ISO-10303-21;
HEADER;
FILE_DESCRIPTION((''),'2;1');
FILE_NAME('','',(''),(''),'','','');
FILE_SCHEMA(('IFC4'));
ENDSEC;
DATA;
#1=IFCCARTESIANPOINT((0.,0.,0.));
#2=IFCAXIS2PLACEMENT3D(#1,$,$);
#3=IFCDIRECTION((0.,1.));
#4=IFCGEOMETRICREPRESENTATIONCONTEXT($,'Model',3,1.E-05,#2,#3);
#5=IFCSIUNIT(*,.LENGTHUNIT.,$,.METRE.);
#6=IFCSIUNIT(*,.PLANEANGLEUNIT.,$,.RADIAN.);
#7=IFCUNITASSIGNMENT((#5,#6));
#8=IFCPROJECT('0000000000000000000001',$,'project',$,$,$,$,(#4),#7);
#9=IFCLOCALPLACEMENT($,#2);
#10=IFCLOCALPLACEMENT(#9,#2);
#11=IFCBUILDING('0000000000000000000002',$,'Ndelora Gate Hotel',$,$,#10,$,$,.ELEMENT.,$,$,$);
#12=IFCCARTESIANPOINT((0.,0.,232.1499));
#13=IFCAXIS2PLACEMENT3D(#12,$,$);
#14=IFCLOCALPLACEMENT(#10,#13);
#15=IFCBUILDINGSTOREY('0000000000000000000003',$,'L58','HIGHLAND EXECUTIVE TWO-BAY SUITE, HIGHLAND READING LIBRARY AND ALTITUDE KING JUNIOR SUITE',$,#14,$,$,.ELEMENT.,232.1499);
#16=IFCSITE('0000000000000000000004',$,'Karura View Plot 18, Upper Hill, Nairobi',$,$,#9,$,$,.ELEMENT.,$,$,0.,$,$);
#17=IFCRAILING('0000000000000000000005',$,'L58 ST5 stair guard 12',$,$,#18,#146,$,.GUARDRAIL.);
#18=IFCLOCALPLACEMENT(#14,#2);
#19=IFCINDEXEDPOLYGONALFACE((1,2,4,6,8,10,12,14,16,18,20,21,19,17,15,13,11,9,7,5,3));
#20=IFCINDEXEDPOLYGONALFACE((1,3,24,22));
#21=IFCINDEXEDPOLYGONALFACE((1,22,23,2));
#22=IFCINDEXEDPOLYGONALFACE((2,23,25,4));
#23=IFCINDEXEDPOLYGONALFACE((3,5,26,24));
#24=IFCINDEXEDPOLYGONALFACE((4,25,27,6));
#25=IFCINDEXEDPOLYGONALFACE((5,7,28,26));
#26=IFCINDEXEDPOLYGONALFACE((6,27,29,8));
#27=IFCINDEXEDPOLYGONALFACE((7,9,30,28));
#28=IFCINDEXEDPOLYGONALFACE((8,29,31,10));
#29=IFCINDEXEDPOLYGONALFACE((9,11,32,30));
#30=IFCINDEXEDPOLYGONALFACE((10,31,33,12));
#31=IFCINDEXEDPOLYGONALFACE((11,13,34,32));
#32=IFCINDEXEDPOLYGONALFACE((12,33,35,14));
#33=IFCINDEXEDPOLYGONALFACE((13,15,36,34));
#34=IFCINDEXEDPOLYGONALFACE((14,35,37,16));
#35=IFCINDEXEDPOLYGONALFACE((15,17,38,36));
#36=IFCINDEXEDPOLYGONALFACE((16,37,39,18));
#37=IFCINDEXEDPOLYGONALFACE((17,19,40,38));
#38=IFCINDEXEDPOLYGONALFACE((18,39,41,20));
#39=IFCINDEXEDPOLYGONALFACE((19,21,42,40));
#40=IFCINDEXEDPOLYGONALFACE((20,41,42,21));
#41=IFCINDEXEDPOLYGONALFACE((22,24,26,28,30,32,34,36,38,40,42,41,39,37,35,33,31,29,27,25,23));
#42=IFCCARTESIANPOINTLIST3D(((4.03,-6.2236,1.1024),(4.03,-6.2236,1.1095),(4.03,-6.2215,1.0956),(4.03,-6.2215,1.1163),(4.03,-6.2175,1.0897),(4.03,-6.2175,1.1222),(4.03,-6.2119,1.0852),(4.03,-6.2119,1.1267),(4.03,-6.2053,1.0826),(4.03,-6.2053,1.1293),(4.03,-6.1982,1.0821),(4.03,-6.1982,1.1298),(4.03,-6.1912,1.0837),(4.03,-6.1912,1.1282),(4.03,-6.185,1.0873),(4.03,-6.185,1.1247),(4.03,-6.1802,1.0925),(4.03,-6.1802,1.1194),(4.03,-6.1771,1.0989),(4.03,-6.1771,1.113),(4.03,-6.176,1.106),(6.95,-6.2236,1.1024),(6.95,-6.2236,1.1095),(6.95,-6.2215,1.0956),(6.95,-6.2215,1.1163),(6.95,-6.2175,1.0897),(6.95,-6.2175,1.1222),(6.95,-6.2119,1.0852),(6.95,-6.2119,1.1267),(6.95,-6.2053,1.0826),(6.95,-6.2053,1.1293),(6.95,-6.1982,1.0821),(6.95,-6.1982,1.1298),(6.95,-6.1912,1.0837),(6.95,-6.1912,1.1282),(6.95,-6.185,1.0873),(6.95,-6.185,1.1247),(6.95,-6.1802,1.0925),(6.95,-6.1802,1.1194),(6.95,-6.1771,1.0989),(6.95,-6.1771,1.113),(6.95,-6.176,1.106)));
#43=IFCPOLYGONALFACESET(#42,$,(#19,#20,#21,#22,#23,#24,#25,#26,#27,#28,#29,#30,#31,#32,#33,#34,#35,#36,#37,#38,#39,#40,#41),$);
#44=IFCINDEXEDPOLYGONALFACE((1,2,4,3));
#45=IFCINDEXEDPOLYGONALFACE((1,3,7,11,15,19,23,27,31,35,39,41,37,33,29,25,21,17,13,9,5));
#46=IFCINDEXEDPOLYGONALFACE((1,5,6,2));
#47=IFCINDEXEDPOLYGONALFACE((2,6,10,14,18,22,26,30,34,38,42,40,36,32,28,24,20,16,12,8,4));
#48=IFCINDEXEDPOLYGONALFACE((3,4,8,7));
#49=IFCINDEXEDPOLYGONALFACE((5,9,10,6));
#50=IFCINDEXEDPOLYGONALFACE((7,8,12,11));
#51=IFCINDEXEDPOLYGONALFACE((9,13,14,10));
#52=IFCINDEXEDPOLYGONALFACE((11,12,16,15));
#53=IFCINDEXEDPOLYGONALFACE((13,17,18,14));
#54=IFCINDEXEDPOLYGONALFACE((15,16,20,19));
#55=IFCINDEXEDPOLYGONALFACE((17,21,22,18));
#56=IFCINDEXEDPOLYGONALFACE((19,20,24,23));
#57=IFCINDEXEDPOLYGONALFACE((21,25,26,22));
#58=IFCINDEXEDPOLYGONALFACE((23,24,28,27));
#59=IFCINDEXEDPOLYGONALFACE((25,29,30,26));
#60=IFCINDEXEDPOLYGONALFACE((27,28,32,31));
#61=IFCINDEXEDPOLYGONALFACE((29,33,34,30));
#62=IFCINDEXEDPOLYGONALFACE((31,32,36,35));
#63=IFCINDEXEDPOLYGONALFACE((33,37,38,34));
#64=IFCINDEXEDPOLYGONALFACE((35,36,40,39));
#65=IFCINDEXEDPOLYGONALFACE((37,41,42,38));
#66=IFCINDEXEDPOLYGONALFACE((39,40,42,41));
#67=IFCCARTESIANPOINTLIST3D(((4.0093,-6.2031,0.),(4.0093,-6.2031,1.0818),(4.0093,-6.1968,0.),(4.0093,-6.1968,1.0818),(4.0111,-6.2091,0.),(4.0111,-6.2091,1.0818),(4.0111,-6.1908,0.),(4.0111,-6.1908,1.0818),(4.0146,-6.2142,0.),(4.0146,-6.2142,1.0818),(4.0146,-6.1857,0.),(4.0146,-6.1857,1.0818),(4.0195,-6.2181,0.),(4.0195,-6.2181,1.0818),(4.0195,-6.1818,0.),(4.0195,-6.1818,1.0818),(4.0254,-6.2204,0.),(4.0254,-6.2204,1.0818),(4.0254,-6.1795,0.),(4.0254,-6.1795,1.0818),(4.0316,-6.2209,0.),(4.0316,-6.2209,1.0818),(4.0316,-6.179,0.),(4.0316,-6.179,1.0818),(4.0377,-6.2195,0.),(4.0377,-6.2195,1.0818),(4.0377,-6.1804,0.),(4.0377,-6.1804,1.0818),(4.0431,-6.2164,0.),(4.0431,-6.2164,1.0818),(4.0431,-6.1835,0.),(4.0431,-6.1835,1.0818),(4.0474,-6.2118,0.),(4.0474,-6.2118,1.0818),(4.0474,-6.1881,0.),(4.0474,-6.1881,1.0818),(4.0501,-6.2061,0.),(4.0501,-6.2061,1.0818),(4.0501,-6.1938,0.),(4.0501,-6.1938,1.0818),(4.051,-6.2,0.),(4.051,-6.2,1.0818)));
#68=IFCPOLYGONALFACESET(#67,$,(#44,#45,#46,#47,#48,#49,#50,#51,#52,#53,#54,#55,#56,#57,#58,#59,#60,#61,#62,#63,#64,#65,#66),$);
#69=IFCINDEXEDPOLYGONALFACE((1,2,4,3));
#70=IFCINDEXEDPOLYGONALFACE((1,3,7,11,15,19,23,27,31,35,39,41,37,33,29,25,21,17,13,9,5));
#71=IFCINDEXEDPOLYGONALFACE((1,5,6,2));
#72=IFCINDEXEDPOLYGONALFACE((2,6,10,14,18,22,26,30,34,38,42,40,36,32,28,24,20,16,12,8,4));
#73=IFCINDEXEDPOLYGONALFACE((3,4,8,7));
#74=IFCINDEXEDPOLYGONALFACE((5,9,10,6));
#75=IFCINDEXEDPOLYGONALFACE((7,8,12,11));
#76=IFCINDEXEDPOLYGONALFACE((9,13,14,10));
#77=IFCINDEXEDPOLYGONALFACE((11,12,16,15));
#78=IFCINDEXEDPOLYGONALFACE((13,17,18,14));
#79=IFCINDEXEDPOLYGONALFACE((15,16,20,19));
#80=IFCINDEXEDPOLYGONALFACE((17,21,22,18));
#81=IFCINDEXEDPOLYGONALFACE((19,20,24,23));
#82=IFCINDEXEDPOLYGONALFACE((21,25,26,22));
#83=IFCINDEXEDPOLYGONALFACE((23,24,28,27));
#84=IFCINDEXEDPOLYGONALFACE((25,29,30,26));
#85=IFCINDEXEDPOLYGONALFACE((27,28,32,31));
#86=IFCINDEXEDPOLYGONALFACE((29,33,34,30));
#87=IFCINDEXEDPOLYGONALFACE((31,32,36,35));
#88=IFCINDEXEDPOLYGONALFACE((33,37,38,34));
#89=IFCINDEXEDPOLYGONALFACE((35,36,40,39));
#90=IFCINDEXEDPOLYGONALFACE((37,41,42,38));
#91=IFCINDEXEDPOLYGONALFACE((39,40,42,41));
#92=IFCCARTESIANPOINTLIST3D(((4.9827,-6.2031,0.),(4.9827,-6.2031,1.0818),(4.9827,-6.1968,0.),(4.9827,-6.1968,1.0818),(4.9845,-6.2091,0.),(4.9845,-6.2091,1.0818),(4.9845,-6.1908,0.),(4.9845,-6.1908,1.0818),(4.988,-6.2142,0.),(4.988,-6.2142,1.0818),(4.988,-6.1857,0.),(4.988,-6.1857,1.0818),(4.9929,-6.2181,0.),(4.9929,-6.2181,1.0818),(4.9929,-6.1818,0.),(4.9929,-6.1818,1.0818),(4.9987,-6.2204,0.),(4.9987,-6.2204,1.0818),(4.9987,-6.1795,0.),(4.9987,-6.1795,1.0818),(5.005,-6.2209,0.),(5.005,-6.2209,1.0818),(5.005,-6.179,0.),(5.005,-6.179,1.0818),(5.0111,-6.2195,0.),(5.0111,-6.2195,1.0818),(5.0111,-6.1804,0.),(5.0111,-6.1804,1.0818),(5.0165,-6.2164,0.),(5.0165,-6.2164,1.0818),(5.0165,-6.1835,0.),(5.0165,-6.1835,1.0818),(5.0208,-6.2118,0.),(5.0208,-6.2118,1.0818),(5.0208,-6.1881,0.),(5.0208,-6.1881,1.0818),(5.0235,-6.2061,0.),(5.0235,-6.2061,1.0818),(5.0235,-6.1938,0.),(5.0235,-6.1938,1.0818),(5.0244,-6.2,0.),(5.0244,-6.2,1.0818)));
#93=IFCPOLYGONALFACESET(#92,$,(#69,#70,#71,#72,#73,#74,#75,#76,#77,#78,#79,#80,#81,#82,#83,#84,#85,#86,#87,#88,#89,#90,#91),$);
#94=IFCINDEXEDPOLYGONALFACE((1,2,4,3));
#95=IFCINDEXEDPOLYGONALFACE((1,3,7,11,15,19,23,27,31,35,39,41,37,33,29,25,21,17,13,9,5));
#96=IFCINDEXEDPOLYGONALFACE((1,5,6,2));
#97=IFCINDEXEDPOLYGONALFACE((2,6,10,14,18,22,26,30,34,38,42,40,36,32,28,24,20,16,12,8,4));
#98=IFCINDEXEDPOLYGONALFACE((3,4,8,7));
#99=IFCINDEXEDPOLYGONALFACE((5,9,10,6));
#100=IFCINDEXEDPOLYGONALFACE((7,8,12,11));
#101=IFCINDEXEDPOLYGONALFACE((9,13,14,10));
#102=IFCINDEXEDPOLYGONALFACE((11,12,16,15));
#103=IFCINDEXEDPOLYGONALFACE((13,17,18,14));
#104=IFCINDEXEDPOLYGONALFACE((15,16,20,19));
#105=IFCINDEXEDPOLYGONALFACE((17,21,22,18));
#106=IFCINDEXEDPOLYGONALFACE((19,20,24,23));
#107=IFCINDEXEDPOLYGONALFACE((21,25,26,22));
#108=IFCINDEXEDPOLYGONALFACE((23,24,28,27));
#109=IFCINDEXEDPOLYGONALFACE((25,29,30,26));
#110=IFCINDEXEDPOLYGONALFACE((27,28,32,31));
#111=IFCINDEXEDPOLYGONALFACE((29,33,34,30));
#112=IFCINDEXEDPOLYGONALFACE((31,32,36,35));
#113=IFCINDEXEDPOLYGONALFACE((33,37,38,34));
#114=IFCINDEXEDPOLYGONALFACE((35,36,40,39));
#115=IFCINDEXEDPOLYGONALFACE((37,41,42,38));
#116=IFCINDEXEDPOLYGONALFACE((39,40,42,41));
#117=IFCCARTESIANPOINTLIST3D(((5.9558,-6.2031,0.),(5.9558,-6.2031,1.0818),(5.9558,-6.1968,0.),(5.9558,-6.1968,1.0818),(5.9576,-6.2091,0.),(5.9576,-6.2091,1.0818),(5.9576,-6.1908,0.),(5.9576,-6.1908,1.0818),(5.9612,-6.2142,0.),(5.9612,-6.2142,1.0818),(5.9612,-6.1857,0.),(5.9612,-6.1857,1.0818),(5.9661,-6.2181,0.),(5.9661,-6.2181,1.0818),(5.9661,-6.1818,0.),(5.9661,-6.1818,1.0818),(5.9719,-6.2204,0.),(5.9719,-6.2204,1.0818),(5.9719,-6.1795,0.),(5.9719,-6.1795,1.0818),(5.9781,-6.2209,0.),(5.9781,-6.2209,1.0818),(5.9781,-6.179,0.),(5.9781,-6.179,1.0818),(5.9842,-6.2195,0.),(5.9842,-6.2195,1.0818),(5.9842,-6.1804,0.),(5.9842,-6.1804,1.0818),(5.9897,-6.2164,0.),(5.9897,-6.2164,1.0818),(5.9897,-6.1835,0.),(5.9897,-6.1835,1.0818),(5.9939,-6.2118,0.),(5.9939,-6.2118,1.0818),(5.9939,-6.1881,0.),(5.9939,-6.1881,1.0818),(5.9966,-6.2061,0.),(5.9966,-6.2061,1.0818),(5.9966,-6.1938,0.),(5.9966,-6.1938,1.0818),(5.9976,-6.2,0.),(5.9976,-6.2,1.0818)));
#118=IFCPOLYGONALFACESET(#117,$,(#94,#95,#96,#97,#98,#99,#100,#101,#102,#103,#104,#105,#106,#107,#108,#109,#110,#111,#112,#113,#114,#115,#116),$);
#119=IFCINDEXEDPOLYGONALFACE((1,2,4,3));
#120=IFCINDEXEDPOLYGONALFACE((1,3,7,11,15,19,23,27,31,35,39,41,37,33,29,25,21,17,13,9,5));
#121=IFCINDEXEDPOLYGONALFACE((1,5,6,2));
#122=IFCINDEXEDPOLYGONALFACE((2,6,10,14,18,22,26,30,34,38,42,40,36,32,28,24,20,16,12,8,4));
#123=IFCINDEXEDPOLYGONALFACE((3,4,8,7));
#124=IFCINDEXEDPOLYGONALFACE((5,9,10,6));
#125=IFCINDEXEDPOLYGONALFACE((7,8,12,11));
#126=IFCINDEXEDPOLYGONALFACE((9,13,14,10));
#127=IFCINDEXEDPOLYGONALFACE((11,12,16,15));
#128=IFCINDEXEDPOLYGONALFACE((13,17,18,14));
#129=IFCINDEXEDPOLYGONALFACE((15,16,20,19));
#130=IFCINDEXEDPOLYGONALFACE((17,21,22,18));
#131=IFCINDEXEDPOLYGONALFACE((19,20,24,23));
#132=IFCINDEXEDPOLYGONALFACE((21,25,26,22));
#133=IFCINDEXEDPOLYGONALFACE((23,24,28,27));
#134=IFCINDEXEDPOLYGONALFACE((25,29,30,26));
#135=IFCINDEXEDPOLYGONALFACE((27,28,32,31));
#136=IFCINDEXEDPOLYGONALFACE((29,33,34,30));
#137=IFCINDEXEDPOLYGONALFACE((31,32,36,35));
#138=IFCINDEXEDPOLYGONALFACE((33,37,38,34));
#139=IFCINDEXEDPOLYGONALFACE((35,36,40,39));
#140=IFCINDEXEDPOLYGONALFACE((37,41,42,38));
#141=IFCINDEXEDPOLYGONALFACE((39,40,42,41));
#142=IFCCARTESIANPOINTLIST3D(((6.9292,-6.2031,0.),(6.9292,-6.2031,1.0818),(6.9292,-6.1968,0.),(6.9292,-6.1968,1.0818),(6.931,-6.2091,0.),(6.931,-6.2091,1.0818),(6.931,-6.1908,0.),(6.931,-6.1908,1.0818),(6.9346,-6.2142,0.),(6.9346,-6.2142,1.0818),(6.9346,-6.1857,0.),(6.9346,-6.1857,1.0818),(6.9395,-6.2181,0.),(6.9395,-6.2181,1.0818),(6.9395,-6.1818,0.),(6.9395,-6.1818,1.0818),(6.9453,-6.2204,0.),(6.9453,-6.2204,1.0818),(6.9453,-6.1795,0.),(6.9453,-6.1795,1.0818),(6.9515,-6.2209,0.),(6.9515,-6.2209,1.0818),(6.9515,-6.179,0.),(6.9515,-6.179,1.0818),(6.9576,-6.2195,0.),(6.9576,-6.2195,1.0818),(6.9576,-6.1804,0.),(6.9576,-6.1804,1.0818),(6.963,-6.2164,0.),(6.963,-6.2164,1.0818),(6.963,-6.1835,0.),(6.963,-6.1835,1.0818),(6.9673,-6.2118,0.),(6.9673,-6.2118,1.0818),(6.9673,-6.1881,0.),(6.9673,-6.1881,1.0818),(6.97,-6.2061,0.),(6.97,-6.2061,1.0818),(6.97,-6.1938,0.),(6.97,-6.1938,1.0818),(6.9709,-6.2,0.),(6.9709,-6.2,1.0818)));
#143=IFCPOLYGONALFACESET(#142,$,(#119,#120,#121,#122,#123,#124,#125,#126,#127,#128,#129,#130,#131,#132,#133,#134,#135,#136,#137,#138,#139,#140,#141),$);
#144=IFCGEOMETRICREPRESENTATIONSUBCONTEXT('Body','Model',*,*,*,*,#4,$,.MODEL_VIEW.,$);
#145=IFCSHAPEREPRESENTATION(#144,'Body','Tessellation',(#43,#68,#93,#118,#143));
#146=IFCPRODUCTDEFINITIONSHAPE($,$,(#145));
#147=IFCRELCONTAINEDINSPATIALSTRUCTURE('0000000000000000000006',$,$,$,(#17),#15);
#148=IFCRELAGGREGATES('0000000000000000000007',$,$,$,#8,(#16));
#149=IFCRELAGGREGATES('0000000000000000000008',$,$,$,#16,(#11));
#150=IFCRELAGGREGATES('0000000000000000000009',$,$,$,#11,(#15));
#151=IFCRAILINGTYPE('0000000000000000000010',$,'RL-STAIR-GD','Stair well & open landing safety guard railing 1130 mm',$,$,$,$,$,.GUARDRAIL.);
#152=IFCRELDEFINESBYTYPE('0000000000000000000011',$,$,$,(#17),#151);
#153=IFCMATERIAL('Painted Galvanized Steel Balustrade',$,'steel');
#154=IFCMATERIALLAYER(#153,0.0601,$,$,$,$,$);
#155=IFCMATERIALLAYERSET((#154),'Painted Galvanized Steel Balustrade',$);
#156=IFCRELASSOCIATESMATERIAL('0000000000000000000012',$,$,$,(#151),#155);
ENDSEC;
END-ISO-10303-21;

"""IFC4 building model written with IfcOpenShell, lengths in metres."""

from ifc_helpers import new_model, si_unit, direction, frame, origin, origin_2d, place, context, subcontext, project, spatial, circle, extrude, material, layer, layer_set, type_object, element, save


model = new_model("IFC4")

# Units and contexts
model_context = context("Model", 3, precision=1e-05, world=origin(), true_north=direction((0.0, 1.0)))
body_context = subcontext(model_context, "Body", "Model", "MODEL_VIEW")
ifc_project = project(units=[si_unit("LENGTHUNIT", "METRE"), si_unit("PLANEANGLEUNIT", "RADIAN")], contexts=[model_context])

# Site, building, storey
site_placement = place(None, origin())
site = spatial("IfcSite", under=ifc_project, at=site_placement, Name="Karura View Plot 18, Upper Hill, Nairobi", CompositionType="ELEMENT", RefElevation=0.0)
building_placement = place(site_placement, origin())
building = spatial("IfcBuilding", under=site, at=building_placement, Name="Ndelora Gate Hotel", CompositionType="ELEMENT")
storey_placement = place(building_placement, frame((0.0, 0.0, 232.1499)))
storey = spatial("IfcBuildingStorey", under=building, at=storey_placement, Name="L58", Description="HIGHLAND EXECUTIVE TWO-BAY SUITE, HIGHLAND READING LIBRARY AND ALTITUDE KING JUNIOR SUITE", CompositionType="ELEMENT", Elevation=232.1499)

# Railing
ifc_material_1 = material(Name="Painted Galvanized Steel Balustrade", Category="steel")
ifc_layer_1 = layer(ifc_material_1, 0.0601)
ifc_layer_set_1 = layer_set([ifc_layer_1], Name="Painted Galvanized Steel Balustrade")
railing_type_1 = type_object("IfcRailingType", Name="RL-STAIR-GD", Description="Stair well & open landing safety guard railing 1130 mm", PredefinedType="GUARDRAIL", material=ifc_layer_set_1)
railing_1_placement = place(storey_placement, frame((4.03, -6.2, 0.0)))
element("IfcRailing", 1, at=railing_1_placement, inside=storey, type_object=railing_type_1, Name="L58 ST5 stair guard 12", PredefinedType="GUARDRAIL", context=body_context, shape_type="SweptSolid", body=[
    extrude(circle(Radius=0.0239, at=origin_2d()), frame((0.0, 0.0, 1.106), z_axis=(1.0, 0.0, 0.0), x_axis=(0.0, 1.0, 0.0)), (0.0, 0.0, 1.0), 2.9199),
    extrude(circle(Radius=0.021, at=origin_2d()), origin(), (0.0, 0.0, 1.0), 1.0818),
    extrude(circle(Radius=0.021, at=origin_2d()), frame((0.9734, 0.0, 0.0)), (0.0, 0.0, 1.0), 1.0818),
    extrude(circle(Radius=0.021, at=origin_2d()), frame((1.9465, 0.0, 0.0)), (0.0, 0.0, 1.0), 1.0818),
    extrude(circle(Radius=0.021, at=origin_2d()), frame((2.9199, 0.0, 0.0)), (0.0, 0.0, 1.0), 1.0818),
])

save(model, "model.ifc")
